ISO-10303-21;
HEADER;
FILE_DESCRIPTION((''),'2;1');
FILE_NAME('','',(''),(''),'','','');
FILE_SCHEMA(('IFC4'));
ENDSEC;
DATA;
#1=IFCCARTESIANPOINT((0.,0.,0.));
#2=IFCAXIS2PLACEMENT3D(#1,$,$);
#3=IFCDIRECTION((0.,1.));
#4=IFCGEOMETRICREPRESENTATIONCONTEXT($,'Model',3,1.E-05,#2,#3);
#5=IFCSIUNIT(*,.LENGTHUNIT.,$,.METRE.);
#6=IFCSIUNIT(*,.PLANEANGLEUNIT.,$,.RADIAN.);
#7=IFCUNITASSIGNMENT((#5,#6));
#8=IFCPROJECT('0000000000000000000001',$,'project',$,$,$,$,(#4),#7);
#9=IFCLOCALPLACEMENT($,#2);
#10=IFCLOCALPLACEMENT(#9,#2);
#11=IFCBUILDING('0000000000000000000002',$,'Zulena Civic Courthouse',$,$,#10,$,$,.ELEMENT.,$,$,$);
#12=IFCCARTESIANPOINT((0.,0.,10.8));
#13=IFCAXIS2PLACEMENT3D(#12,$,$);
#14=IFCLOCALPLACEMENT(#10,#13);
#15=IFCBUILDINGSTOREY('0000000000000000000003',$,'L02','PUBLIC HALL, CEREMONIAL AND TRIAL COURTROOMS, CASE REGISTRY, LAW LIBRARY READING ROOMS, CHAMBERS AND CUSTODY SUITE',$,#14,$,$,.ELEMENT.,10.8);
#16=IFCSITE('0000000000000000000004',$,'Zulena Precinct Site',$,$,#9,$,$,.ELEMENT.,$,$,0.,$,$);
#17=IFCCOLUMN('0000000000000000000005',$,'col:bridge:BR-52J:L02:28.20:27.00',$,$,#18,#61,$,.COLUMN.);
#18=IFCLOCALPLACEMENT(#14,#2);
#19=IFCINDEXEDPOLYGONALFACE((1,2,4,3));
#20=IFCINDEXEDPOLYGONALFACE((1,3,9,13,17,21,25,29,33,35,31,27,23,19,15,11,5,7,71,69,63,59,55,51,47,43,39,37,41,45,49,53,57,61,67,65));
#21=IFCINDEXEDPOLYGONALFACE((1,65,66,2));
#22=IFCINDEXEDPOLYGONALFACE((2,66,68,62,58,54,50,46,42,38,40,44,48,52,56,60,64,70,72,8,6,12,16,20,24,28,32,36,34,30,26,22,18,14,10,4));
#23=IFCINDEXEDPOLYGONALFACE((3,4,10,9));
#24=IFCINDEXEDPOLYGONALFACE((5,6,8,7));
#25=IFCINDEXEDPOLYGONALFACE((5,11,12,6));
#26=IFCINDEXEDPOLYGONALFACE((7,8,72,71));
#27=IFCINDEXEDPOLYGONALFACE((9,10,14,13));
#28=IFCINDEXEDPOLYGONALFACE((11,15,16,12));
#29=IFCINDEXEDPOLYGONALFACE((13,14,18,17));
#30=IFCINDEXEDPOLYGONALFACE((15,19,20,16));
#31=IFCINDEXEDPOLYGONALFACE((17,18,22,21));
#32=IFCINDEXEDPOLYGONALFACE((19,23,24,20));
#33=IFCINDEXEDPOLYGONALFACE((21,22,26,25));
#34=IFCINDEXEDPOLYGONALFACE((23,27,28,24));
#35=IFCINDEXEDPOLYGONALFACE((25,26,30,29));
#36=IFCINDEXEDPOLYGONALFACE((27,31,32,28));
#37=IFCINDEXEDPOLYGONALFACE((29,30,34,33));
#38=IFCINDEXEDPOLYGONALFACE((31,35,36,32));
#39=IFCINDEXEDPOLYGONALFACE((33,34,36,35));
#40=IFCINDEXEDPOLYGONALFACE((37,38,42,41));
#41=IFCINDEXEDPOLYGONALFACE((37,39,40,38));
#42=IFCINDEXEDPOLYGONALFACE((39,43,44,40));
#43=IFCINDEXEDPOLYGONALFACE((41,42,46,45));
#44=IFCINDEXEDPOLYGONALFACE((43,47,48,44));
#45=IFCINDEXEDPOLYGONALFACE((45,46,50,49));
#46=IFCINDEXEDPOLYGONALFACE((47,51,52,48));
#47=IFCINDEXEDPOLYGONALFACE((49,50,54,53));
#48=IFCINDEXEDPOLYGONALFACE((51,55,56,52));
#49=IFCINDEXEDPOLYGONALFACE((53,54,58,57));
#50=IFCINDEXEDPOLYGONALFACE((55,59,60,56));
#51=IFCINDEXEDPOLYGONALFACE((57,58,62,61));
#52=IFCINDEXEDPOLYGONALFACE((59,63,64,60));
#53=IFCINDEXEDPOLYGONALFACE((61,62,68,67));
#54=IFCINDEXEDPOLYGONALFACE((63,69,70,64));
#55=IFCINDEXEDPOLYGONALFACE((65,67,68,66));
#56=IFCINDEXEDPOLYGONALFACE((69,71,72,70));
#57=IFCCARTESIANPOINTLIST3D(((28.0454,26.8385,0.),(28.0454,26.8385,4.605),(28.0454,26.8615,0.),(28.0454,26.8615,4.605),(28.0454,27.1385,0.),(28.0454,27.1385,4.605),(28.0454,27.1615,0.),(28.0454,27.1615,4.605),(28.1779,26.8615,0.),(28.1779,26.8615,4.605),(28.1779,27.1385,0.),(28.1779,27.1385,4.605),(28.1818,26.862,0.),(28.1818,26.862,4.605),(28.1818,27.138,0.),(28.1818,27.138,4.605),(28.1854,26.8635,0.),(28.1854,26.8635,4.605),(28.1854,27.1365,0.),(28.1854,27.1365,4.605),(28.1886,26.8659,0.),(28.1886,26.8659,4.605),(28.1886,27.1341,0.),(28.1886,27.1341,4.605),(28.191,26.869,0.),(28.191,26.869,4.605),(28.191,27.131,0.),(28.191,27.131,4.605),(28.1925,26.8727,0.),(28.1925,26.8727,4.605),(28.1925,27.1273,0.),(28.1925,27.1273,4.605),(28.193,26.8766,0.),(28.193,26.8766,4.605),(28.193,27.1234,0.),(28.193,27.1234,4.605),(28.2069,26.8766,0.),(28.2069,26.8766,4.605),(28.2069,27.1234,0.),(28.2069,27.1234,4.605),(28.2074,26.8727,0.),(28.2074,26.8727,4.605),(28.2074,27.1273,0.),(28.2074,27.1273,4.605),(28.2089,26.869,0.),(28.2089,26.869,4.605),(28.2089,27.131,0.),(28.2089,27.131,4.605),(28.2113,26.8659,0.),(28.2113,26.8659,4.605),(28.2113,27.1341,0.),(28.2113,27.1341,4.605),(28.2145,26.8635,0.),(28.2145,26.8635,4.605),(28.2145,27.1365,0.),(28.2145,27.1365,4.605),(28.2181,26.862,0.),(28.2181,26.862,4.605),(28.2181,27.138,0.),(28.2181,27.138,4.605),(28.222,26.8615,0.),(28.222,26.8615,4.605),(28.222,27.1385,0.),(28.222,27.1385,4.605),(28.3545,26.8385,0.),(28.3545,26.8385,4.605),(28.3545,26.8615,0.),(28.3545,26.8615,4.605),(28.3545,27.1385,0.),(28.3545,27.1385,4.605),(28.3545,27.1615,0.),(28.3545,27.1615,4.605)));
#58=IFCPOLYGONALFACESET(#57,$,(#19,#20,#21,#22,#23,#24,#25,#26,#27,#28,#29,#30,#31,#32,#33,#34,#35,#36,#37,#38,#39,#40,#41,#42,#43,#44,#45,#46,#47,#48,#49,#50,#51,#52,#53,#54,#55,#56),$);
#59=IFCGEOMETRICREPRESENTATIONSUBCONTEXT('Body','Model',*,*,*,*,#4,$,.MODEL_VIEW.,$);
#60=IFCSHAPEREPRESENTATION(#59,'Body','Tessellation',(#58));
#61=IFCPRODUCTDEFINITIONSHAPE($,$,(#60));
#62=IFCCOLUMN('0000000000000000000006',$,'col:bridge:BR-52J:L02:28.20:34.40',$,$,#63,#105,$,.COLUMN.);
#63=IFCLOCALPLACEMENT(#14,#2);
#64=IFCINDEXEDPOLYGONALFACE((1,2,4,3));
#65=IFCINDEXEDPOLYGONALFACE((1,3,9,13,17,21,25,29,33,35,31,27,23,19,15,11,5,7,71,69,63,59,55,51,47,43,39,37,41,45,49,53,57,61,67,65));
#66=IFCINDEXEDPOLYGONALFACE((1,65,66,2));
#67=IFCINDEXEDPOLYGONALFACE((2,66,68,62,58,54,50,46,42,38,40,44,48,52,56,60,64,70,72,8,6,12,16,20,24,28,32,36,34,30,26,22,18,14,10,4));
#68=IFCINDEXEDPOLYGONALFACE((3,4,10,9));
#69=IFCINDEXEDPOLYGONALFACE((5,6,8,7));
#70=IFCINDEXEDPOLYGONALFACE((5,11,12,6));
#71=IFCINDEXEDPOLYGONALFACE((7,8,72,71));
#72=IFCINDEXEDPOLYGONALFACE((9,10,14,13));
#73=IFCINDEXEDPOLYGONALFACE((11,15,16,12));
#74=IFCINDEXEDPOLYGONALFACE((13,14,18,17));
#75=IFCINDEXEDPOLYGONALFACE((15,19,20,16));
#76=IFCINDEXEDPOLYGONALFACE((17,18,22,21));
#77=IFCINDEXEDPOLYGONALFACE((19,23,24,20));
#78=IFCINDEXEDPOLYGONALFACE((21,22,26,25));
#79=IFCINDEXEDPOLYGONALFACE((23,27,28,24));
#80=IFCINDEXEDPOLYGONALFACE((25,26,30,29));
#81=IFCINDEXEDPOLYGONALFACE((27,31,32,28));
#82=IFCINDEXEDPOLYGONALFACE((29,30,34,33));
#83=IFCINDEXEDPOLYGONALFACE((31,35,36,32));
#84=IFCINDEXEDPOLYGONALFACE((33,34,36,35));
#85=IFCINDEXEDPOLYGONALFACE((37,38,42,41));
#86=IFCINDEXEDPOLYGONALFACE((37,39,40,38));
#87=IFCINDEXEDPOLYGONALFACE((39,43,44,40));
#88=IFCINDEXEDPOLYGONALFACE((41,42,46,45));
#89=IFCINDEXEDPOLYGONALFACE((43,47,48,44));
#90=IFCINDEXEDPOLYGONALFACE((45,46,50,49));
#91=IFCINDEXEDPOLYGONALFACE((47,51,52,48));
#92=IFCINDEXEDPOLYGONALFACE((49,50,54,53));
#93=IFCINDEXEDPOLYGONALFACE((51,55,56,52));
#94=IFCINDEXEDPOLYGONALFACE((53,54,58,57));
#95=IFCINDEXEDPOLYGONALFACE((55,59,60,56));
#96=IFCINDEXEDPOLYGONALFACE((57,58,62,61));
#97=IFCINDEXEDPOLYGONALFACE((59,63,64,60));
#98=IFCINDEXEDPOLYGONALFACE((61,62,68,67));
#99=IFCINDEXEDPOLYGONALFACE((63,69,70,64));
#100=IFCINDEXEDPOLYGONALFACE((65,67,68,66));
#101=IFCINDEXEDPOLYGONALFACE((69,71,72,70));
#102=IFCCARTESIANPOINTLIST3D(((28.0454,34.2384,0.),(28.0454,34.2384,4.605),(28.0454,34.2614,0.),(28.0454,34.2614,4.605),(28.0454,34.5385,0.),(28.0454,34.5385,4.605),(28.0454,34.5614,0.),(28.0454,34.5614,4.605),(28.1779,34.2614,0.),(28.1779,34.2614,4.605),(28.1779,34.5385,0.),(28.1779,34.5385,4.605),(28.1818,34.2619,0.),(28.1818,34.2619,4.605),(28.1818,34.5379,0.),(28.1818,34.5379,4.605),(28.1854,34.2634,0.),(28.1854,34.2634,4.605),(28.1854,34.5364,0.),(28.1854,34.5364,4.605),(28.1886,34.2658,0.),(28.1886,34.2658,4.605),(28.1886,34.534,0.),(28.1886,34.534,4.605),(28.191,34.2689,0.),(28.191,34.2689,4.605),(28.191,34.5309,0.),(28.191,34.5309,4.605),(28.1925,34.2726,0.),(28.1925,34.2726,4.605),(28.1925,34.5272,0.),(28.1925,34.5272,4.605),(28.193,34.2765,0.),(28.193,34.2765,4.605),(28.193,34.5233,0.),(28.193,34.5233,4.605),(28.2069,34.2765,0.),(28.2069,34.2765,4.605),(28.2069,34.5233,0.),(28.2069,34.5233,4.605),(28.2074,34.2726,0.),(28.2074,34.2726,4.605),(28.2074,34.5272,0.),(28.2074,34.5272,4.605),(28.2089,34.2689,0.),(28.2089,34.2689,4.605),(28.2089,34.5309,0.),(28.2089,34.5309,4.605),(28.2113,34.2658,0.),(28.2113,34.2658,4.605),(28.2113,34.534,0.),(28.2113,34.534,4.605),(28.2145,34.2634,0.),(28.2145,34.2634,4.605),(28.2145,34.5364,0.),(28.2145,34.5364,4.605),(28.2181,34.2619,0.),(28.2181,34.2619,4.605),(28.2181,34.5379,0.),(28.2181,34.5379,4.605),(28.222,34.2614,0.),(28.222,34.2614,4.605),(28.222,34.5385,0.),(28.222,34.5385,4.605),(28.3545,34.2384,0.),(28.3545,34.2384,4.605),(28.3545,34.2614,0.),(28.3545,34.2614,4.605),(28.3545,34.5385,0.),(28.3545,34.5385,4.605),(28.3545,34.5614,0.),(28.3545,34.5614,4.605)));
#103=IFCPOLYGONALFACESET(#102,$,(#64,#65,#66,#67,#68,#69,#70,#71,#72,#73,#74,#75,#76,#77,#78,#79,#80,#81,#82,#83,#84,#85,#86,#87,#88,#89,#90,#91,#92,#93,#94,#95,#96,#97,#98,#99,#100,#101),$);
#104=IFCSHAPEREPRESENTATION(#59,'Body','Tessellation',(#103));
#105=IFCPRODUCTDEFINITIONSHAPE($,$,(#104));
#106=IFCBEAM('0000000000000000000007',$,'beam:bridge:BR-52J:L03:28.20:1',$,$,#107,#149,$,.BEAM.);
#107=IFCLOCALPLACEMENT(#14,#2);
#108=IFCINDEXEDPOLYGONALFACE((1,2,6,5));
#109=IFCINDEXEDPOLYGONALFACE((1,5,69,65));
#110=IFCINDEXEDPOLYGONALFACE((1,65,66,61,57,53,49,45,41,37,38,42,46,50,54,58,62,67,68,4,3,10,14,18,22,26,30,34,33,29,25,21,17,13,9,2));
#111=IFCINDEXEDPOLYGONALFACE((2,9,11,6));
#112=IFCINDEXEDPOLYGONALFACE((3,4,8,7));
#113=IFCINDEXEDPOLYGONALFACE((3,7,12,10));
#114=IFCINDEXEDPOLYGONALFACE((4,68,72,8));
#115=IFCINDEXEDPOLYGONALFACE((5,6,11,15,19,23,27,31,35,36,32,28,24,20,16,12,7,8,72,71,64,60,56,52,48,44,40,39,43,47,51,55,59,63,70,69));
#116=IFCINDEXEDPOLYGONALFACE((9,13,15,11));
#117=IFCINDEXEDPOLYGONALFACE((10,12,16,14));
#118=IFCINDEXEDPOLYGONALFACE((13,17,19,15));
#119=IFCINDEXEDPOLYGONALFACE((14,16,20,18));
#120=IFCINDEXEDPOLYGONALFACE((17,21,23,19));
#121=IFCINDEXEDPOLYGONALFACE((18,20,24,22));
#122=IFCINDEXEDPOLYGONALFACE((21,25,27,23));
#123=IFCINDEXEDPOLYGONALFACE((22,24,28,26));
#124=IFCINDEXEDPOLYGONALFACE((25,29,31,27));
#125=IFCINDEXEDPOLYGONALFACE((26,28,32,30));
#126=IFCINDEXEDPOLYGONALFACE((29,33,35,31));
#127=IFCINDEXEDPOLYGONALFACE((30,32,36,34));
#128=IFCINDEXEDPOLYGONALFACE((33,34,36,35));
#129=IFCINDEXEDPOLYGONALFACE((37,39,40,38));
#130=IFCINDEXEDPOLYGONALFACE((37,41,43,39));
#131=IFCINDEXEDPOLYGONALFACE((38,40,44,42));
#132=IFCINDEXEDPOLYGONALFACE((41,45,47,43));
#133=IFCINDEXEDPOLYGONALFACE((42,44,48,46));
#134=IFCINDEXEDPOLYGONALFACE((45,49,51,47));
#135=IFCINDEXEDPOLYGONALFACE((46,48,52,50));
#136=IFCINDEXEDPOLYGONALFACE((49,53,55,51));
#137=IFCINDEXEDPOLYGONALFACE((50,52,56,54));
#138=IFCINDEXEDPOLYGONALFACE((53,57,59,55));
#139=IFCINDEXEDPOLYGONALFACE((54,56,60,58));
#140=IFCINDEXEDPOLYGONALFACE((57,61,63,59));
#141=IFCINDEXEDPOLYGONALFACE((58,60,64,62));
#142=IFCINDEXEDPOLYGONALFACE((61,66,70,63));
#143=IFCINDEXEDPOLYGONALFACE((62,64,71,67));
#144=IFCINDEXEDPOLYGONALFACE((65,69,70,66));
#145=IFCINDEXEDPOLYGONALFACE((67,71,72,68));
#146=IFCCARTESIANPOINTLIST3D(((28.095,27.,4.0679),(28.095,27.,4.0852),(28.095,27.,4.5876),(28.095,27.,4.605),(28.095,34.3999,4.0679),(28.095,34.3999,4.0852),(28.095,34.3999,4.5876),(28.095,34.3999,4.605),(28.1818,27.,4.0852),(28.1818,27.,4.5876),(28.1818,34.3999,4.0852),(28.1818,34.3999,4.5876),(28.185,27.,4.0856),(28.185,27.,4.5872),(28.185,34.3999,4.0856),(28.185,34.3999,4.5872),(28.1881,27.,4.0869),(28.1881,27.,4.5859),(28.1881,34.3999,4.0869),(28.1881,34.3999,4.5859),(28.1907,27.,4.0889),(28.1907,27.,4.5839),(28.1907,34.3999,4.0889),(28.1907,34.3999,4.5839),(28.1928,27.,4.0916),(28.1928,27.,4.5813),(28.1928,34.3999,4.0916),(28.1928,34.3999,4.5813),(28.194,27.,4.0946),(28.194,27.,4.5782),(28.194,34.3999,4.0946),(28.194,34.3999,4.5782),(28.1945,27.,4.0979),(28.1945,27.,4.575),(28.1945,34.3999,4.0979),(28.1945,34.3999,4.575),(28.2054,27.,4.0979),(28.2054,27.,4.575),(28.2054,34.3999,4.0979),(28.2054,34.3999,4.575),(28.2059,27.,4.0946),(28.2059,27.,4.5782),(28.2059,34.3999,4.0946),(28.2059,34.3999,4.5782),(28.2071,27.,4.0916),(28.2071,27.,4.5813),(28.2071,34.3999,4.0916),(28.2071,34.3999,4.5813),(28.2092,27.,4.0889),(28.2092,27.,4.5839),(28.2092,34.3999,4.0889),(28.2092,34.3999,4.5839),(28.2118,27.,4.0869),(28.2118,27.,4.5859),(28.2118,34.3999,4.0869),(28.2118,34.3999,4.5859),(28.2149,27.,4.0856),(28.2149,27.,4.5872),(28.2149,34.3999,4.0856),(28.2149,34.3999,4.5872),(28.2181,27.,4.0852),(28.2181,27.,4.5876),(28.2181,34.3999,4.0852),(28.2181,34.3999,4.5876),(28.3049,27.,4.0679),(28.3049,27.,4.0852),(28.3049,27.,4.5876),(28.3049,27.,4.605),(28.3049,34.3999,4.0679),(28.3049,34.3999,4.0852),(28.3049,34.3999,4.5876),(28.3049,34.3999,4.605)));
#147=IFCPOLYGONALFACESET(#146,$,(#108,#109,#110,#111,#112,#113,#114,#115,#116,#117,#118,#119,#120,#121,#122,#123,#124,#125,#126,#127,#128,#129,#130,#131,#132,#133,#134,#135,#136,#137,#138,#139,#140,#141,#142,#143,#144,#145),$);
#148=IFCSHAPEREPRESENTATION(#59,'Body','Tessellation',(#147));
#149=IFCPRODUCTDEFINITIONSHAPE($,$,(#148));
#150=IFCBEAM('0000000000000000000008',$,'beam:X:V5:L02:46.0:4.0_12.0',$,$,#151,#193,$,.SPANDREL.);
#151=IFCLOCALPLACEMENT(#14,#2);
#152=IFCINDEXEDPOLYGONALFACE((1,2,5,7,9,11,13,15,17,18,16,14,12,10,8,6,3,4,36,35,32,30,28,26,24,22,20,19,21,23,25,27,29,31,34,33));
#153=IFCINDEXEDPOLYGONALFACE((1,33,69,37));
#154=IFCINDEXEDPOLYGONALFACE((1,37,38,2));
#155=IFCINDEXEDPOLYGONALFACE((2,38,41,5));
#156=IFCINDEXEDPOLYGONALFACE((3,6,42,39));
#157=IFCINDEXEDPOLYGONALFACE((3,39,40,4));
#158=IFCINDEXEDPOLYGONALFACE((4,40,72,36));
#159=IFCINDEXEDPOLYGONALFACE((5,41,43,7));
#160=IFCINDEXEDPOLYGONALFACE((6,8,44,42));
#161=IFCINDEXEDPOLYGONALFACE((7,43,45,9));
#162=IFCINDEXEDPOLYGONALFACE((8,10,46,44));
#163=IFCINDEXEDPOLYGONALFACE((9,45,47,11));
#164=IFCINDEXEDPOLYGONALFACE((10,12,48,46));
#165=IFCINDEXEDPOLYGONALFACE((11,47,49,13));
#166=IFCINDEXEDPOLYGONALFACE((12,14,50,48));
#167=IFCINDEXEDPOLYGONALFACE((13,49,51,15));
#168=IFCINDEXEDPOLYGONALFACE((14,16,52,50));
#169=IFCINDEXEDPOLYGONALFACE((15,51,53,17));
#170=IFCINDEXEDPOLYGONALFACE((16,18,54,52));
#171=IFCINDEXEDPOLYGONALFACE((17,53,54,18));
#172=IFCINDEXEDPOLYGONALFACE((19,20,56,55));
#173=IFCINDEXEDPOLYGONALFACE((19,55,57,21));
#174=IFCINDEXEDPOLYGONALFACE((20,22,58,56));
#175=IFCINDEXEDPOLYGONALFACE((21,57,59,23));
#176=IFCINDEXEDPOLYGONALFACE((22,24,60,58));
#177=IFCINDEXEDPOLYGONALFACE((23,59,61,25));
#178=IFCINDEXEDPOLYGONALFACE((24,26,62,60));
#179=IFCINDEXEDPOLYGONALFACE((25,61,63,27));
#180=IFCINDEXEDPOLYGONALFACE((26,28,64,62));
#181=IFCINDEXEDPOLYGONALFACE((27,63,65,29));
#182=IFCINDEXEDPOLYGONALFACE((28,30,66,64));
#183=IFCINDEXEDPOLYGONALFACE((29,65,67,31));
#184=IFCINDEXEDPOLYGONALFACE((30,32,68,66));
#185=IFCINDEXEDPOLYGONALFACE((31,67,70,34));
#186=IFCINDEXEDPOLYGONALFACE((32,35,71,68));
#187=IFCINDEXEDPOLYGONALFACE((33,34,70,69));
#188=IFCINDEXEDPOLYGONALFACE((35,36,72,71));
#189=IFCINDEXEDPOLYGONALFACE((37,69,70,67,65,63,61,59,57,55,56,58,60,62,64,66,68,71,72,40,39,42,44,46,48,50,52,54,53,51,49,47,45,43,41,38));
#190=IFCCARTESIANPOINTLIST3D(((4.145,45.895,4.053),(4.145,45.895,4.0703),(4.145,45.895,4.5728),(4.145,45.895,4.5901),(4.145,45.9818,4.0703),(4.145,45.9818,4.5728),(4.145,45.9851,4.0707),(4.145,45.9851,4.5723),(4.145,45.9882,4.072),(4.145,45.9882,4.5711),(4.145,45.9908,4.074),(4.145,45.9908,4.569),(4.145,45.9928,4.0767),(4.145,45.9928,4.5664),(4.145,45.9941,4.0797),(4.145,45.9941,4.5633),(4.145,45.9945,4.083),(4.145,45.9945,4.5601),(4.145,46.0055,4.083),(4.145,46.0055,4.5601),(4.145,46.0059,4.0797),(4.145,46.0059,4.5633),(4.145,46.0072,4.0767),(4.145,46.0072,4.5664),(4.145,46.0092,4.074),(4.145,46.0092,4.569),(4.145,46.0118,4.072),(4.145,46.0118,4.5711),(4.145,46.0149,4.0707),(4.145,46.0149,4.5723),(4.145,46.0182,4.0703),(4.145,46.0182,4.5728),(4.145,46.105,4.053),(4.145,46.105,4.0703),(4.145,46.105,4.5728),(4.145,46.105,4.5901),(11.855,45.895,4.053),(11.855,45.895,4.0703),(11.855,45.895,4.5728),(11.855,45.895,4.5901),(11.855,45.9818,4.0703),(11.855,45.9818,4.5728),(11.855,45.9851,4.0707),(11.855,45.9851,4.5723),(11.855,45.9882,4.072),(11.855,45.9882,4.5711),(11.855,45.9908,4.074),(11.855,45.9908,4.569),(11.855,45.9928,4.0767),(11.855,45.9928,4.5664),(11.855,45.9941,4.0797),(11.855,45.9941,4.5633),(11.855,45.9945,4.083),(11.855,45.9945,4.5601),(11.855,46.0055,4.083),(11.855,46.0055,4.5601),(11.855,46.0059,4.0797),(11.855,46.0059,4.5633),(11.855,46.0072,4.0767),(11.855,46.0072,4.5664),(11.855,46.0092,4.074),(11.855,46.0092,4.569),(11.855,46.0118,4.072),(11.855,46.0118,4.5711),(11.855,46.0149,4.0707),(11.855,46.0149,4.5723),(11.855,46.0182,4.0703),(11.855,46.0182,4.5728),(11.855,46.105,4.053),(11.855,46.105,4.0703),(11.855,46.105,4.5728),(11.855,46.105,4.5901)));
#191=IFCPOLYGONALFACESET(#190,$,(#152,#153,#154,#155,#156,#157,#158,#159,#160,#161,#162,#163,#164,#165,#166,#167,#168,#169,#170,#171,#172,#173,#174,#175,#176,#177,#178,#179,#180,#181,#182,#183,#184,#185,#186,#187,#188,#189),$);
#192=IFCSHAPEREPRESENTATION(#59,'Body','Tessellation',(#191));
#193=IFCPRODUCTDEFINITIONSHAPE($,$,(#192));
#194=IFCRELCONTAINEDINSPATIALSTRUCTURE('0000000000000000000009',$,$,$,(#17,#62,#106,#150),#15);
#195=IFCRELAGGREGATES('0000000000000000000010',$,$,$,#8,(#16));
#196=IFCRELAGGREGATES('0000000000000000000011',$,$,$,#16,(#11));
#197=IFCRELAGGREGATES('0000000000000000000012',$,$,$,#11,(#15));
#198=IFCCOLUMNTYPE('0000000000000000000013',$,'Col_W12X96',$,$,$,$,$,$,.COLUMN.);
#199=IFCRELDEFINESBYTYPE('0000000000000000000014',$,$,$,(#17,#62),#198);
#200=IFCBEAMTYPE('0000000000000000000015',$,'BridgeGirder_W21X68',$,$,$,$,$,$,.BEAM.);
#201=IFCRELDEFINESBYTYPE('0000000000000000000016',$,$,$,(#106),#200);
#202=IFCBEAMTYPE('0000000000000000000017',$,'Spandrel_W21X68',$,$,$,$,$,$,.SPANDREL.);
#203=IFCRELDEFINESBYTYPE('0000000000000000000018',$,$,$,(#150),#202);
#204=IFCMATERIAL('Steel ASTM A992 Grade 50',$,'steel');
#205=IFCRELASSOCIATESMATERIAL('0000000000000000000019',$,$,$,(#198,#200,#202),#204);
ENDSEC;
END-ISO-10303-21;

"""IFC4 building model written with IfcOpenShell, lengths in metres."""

from ifc_helpers import new_model, si_unit, direction, frame, origin, origin_2d, place, context, subcontext, project, spatial, i_section, extrude, material, material_profile, profile_set, type_object, element, save


model = new_model("IFC4")

# Units and contexts
model_context = context("Model", 3, precision=1e-05, world=origin(), true_north=direction((0.0, 1.0)))
body_context = subcontext(model_context, "Body", "Model", "MODEL_VIEW")
ifc_project = project(units=[si_unit("LENGTHUNIT", "METRE"), si_unit("PLANEANGLEUNIT", "RADIAN")], contexts=[model_context])

# Site, building, storey
site_placement = place(None, origin())
site = spatial("IfcSite", under=ifc_project, at=site_placement, Name="Zulena Precinct Site", CompositionType="ELEMENT", RefElevation=0.0)
building_placement = place(site_placement, origin())
building = spatial("IfcBuilding", under=site, at=building_placement, Name="Zulena Civic Courthouse", CompositionType="ELEMENT")
storey_placement = place(building_placement, frame((0.0, 0.0, 10.8)))
storey = spatial("IfcBuildingStorey", under=building, at=storey_placement, Name="L02", Description="PUBLIC HALL, CEREMONIAL AND TRIAL COURTROOMS, CASE REGISTRY, LAW LIBRARY READING ROOMS, CHAMBERS AND CUSTODY SUITE", CompositionType="ELEMENT", Elevation=10.8)

# Columns
ifc_material_1 = material(Name="Steel ASTM A992 Grade 50", Category="steel")
ifc_material_profile_1 = material_profile(ifc_material_1, i_section(OverallWidth=0.3091, OverallDepth=0.323, WebThickness=0.0139, FlangeThickness=0.0229, FilletRadius=0.0151, at=origin_2d()), Name="W12X96")
ifc_profile_set_1 = profile_set([ifc_material_profile_1], Name="Steel ASTM A992 Grade 50")
column_type_1 = type_object("IfcColumnType", Name="Col_W12X96", PredefinedType="COLUMN", material=ifc_profile_set_1)
for number, where, z_axis, x_axis, name in (
    (1, (28.2, 27.0, 0.0), (0.0, 0.0, 1.0), (1.0, 0.0, 0.0), "col:bridge:BR-52J:L02:28.20:27.00"),
    (2, (28.2, 34.3999, 0.0), (0.0, 0.0, 1.0), (1.0, 0.0, 0.0), "col:bridge:BR-52J:L02:28.20:34.40"),
):
    element("IfcColumn", number, at=place(storey_placement, frame(where, z_axis=z_axis, x_axis=x_axis)), inside=storey, type_object=column_type_1, Name=name, PredefinedType="COLUMN", context=body_context, shape_type="SweptSolid", body=[
        extrude(i_section(OverallWidth=0.3091, OverallDepth=0.323, WebThickness=0.0139, FlangeThickness=0.0229, FilletRadius=0.0151, at=origin_2d()), origin(), (0.0, 0.0, 1.0), 4.605),
    ])

# Beams
ifc_material_profile_2 = material_profile(ifc_material_1, i_section(OverallWidth=0.21, OverallDepth=0.5371, WebThickness=0.011, FlangeThickness=0.0173, FilletRadius=0.0127, at=origin_2d()), Name="W21X68")
ifc_profile_set_2 = profile_set([ifc_material_profile_2], Name="Steel ASTM A992 Grade 50")
beam_type_1 = type_object("IfcBeamType", Name="BridgeGirder_W21X68", PredefinedType="BEAM", material=ifc_profile_set_2)
beam_placement = place(storey_placement, frame((28.2, 27.0, 4.3364), z_axis=(0.0, 1.0, 0.0), x_axis=(-1.0, 0.0, 0.0)))
element("IfcBeam", 3, at=beam_placement, inside=storey, type_object=beam_type_1, Name="beam:bridge:BR-52J:L03:28.20:1", PredefinedType="BEAM", context=body_context, shape_type="SweptSolid", body=[
    extrude(i_section(OverallWidth=0.21, OverallDepth=0.5371, WebThickness=0.011, FlangeThickness=0.0173, FilletRadius=0.0127, at=origin_2d()), origin(), (0.0, 0.0, 1.0), 7.3999),
])
ifc_material_profile_3 = material_profile(ifc_material_1, i_section(OverallWidth=0.21, OverallDepth=0.5371, WebThickness=0.011, FlangeThickness=0.0173, FilletRadius=0.0127, at=origin_2d()), Name="W21X68")
ifc_profile_set_3 = profile_set([ifc_material_profile_3], Name="Steel ASTM A992 Grade 50")
beam_type_2 = type_object("IfcBeamType", Name="Spandrel_W21X68", PredefinedType="SPANDREL", material=ifc_profile_set_3)
for number, where, z_axis, x_axis, name in (
    (4, (4.145, 46.0, 4.3215), (1.0, 0.0, 0.0), (0.0, 1.0, 0.0), "beam:X:V5:L02:46.0:4.0_12.0"),
):
    element("IfcBeam", number, at=place(storey_placement, frame(where, z_axis=z_axis, x_axis=x_axis)), inside=storey, type_object=beam_type_2, Name=name, PredefinedType="SPANDREL", context=body_context, shape_type="SweptSolid", body=[
        extrude(i_section(OverallWidth=0.21, OverallDepth=0.5371, WebThickness=0.011, FlangeThickness=0.0173, FilletRadius=0.0127, at=origin_2d()), origin(), (0.0, 0.0, 1.0), 7.71),
    ])

save(model, "model.ifc")
